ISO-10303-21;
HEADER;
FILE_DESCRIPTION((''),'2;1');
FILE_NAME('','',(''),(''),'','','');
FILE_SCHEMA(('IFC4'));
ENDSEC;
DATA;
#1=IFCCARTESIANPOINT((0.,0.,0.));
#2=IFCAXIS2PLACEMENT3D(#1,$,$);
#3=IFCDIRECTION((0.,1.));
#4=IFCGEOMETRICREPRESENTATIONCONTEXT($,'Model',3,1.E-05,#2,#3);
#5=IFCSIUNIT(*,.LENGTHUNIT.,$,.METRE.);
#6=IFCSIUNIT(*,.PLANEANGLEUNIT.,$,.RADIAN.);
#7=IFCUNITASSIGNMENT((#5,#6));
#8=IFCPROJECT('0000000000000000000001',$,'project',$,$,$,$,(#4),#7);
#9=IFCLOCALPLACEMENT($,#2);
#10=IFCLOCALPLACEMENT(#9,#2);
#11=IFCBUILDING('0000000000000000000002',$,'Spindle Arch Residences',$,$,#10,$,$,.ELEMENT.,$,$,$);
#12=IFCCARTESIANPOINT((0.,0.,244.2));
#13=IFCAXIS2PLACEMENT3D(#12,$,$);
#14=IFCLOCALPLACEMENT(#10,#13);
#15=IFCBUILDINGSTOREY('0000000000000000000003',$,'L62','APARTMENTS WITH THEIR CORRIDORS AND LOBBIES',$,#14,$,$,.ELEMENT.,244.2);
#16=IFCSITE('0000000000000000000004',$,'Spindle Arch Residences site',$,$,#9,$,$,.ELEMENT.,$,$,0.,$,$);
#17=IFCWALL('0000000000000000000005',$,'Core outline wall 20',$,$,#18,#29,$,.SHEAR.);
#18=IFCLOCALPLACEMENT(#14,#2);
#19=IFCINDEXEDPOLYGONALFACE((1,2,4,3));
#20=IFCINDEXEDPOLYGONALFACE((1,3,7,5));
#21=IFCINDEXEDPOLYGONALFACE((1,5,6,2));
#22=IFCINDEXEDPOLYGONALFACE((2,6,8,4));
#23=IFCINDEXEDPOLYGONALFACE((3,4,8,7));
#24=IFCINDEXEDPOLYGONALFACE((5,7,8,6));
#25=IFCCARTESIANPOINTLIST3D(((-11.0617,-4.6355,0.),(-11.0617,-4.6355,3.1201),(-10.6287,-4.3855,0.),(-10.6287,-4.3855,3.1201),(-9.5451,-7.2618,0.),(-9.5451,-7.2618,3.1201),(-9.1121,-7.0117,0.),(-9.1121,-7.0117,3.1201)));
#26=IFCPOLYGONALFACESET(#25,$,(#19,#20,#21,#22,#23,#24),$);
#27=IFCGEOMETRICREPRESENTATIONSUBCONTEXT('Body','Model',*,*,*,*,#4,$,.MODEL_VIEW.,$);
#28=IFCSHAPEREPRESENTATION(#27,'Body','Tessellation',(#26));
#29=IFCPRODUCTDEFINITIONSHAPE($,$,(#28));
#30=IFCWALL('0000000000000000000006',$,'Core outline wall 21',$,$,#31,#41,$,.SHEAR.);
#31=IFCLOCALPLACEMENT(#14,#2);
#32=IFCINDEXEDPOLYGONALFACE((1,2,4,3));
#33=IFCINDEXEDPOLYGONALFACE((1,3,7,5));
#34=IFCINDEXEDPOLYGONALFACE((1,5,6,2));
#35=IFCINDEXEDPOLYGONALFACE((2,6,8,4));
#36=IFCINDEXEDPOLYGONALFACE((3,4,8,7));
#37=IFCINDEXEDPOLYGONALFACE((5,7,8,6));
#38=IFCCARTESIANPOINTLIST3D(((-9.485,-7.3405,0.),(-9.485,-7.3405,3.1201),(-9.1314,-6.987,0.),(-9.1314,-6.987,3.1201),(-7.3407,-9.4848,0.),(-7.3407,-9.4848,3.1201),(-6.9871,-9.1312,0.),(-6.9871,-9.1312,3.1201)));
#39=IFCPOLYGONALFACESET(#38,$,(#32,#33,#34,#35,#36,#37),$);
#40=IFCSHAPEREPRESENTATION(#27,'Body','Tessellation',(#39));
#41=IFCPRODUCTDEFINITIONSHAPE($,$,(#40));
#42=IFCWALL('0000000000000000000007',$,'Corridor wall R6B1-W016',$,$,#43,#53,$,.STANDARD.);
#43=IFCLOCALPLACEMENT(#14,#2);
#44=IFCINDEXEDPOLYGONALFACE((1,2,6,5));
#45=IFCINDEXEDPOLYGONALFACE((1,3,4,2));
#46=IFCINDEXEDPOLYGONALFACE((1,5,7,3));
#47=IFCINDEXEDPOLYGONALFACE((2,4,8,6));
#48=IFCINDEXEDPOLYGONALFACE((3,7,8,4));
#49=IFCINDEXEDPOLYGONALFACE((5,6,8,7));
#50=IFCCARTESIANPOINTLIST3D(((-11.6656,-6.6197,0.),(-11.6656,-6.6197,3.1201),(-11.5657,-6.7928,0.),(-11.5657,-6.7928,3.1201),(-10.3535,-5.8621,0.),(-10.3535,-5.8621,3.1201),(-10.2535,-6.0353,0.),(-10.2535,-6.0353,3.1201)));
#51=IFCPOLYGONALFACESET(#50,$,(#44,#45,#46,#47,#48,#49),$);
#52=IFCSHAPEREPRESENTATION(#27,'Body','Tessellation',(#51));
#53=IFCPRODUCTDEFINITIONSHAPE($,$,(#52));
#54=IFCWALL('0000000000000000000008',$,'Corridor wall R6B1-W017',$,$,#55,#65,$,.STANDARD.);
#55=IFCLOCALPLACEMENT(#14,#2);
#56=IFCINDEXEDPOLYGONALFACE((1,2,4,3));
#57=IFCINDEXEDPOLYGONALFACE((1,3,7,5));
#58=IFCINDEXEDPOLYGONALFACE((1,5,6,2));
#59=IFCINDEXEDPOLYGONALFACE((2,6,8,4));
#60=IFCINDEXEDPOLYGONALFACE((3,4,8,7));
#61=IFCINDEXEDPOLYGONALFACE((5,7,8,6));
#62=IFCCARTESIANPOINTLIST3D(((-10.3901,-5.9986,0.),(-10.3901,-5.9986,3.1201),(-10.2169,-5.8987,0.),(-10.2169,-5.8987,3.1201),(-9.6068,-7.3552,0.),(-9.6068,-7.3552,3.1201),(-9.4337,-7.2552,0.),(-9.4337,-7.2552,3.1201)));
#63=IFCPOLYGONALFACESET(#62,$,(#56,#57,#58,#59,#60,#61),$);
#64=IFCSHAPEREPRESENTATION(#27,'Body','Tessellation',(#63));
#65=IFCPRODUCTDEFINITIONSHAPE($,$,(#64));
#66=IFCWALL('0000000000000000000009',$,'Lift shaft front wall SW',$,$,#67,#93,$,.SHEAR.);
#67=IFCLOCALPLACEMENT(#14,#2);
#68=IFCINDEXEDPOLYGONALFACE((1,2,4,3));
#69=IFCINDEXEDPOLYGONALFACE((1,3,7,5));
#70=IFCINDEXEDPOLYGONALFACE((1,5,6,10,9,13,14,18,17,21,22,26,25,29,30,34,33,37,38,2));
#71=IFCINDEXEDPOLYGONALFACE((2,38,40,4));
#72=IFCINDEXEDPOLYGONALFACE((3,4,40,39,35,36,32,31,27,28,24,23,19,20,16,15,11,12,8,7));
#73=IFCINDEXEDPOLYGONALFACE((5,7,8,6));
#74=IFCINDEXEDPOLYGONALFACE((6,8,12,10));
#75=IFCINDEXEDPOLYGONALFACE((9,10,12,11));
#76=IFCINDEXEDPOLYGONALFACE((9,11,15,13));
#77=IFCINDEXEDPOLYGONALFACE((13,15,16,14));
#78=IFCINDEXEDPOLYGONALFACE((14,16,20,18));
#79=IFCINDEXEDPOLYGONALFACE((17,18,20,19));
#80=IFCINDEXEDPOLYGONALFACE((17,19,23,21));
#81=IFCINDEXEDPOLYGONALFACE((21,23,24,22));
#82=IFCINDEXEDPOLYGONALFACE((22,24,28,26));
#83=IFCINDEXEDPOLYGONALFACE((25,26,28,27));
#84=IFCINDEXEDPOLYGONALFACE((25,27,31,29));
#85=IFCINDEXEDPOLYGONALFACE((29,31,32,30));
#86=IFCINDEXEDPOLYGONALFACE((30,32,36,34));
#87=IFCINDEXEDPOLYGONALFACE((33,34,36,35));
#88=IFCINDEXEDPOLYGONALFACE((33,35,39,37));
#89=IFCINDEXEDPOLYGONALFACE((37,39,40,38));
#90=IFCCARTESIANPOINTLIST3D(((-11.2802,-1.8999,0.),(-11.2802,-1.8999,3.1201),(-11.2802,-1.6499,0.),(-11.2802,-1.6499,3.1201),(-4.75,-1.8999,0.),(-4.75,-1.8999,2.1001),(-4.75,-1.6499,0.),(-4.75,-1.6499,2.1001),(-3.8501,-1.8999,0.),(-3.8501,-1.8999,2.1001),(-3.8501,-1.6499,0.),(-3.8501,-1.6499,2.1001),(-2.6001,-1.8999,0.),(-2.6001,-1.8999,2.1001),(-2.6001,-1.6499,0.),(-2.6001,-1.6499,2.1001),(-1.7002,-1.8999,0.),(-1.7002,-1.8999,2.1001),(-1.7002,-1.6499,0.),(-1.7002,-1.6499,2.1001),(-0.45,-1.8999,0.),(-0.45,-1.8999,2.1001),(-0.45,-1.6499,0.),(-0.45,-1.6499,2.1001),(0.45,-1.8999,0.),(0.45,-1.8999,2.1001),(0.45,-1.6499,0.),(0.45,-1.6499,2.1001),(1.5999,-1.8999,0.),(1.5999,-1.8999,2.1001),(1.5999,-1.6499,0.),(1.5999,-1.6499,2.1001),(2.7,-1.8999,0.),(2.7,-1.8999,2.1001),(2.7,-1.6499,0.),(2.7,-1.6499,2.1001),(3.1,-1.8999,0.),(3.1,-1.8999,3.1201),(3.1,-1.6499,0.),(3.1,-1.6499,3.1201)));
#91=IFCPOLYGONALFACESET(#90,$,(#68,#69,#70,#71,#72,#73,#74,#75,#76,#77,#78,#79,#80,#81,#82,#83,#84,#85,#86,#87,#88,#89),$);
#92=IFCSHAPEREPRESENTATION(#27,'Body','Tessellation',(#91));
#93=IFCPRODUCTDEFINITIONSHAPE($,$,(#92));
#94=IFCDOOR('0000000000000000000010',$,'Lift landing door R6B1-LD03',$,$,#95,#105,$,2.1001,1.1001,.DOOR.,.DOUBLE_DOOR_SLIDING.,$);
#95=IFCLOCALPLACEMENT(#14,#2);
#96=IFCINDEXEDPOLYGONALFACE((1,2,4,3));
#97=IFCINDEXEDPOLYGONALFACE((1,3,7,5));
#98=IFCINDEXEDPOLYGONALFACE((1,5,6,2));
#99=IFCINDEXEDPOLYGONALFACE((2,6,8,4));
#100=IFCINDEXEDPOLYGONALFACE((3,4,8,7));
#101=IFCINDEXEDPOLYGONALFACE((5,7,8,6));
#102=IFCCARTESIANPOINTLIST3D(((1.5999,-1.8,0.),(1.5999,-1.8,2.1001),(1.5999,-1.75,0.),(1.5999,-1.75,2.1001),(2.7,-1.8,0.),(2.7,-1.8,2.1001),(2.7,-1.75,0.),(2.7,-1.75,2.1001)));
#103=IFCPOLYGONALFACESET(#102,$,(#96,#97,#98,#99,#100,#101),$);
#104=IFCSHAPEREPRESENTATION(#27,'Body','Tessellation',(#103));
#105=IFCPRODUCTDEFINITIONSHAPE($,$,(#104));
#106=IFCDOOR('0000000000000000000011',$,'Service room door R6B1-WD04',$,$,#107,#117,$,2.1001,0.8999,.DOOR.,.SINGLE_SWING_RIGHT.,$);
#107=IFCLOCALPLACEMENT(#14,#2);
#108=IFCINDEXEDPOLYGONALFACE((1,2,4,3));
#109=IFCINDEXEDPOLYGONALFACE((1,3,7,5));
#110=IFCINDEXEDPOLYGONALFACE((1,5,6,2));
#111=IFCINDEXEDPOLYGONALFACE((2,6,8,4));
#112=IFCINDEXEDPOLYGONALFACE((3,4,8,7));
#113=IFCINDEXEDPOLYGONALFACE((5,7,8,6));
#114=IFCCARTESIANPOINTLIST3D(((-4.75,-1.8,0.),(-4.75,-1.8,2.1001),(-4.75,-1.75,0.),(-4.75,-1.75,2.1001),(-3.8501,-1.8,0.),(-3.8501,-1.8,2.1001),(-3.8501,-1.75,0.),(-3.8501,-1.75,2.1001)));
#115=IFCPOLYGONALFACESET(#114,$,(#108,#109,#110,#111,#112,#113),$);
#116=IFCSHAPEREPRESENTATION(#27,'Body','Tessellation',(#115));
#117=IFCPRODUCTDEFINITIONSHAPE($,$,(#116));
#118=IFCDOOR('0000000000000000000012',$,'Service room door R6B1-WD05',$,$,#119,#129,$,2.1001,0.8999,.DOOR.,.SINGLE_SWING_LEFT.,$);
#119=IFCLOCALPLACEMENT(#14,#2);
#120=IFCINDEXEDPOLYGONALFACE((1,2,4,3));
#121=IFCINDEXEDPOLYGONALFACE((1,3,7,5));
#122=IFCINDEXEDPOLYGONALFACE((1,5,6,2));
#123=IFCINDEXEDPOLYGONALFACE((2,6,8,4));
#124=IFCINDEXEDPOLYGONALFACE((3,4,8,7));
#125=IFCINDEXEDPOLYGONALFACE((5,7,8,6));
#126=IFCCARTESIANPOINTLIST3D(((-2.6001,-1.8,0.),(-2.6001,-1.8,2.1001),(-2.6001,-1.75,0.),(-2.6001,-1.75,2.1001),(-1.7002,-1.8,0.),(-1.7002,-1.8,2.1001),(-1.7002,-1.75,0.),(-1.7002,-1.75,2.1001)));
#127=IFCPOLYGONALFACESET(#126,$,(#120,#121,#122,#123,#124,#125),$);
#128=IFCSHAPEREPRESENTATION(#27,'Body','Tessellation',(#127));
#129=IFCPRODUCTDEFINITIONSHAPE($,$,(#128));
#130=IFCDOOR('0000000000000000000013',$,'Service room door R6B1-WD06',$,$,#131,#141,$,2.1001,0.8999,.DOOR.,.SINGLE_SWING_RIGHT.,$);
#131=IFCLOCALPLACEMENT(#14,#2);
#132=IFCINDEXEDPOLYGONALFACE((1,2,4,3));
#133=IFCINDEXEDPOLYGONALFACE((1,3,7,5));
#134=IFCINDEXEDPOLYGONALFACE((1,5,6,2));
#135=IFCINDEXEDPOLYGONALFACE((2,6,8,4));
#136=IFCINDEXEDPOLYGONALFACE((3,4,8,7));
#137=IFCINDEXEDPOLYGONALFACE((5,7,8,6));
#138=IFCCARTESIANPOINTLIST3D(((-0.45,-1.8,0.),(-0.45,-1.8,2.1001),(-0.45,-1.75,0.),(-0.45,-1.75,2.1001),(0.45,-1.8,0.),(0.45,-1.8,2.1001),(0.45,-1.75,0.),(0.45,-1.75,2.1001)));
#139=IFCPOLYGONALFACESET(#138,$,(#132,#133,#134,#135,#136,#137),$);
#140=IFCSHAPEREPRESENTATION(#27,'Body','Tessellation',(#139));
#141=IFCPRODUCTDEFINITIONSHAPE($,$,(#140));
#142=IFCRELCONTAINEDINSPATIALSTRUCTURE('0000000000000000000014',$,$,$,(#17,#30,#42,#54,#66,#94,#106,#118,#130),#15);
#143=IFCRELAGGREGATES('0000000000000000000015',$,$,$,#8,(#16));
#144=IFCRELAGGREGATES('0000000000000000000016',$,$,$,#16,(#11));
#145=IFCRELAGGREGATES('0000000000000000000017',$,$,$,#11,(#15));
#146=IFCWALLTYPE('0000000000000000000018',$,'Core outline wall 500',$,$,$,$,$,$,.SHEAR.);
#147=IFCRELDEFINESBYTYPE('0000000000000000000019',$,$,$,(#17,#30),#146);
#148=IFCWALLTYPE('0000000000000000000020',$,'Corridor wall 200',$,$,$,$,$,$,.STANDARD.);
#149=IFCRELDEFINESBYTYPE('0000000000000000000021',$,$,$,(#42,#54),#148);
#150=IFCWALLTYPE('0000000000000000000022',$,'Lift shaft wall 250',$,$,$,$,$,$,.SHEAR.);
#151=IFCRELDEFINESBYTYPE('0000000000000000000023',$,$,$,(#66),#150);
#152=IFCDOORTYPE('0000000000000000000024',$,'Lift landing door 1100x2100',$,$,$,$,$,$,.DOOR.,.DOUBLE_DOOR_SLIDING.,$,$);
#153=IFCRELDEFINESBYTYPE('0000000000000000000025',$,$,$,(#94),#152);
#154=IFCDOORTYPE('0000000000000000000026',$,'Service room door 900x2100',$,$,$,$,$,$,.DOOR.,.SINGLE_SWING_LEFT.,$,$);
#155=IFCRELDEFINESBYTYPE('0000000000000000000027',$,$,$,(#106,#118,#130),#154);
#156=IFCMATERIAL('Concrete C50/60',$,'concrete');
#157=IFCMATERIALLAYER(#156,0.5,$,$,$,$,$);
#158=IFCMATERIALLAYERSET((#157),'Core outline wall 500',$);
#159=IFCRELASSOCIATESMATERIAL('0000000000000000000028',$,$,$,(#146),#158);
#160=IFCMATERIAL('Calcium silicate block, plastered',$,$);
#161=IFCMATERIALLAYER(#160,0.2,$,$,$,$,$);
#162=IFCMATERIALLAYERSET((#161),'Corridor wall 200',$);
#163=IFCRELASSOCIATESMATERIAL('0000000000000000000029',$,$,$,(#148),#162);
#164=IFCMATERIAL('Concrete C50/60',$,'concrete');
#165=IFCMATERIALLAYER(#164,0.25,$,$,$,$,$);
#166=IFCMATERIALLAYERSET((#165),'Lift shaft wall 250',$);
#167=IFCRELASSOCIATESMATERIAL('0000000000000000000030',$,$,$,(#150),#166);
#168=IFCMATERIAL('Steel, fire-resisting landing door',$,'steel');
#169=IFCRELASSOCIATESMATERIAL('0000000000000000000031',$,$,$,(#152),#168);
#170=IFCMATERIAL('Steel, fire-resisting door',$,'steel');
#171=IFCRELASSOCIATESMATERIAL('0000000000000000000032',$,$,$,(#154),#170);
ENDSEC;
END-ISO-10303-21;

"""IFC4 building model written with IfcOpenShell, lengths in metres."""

from ifc_helpers import new_model, si_unit, direction, frame, frame_2d, origin, place, context, subcontext, project, spatial, rectangle, extrude, material, layer, layer_set, type_object, element, fill, save


model = new_model("IFC4")

# Units and contexts
model_context = context("Model", 3, precision=1e-05, world=origin(), true_north=direction((0.0, 1.0)))
body_context = subcontext(model_context, "Body", "Model", "MODEL_VIEW")
ifc_project = project(units=[si_unit("LENGTHUNIT", "METRE"), si_unit("PLANEANGLEUNIT", "RADIAN")], contexts=[model_context])

# Site, building, storey
site_placement = place(None, origin())
site = spatial("IfcSite", under=ifc_project, at=site_placement, Name="Spindle Arch Residences site", CompositionType="ELEMENT", RefElevation=0.0)
building_placement = place(site_placement, origin())
building = spatial("IfcBuilding", under=site, at=building_placement, Name="Spindle Arch Residences", CompositionType="ELEMENT")
storey_placement = place(building_placement, frame((0.0, 0.0, 244.2)))
storey = spatial("IfcBuildingStorey", under=building, at=storey_placement, Name="L62", Description="APARTMENTS WITH THEIR CORRIDORS AND LOBBIES", CompositionType="ELEMENT", Elevation=244.2)

# Walls
ifc_material_1 = material(Name="Concrete C50/60", Category="concrete")
ifc_layer_1 = layer(ifc_material_1, 0.5)
ifc_layer_set_1 = layer_set([ifc_layer_1], Name="Core outline wall 500")
wall_type_1 = type_object("IfcWallType", Name="Core outline wall 500", PredefinedType="SHEAR", material=ifc_layer_set_1)
wall_1_placement = place(storey_placement, frame((-10.8452, -4.5105, 0.0), z_axis=(0.0, 0.0, 1.0), x_axis=(0.500087, -0.865975, 0.0)))
element("IfcWall", 1, at=wall_1_placement, inside=storey, type_object=wall_type_1, Name="Core outline wall 20", PredefinedType="SHEAR", context=body_context, shape_type="SweptSolid", body=[
    extrude(rectangle(XDim=3.0327, YDim=0.5, at=frame_2d((1.5164, 0.0))), origin(), (0.0, 0.0, 1.0), 3.1201),
])
wall_2_placement = place(storey_placement, frame((-9.3081, -7.1638, 0.0), z_axis=(0.0, 0.0, 1.0), x_axis=(0.707107, -0.707107, 0.0)))
element("IfcWall", 2, at=wall_2_placement, inside=storey, type_object=wall_type_1, Name="Core outline wall 21", PredefinedType="SHEAR", context=body_context, shape_type="SweptSolid", body=[
    extrude(rectangle(XDim=3.0325, YDim=0.5, at=frame_2d((1.5161, 0.0))), origin(), (0.0, 0.0, 1.0), 3.1201),
])
ifc_material_2 = material(Name="Calcium silicate block, plastered")
ifc_layer_2 = layer(ifc_material_2, 0.2)
ifc_layer_set_2 = layer_set([ifc_layer_2], Name="Corridor wall 200")
wall_type_2 = type_object("IfcWallType", Name="Corridor wall 200", PredefinedType="STANDARD", material=ifc_layer_set_2)
wall_3_placement = place(storey_placement, frame((-10.3035, -5.9487, 0.0), z_axis=(0.0, 0.0, 1.0), x_axis=(-0.866043, -0.499969, 0.0)))
element("IfcWall", 3, at=wall_3_placement, inside=storey, type_object=wall_type_2, Name="Corridor wall R6B1-W016", PredefinedType="STANDARD", context=body_context, shape_type="SweptSolid", body=[
    extrude(rectangle(XDim=1.5151, YDim=0.2, at=frame_2d((0.7576, 0.0))), origin(), (0.0, 0.0, 1.0), 3.1201),
])
wall_4_placement = place(storey_placement, frame((-9.5203, -7.3052, 0.0), z_axis=(0.0, 0.0, 1.0), x_axis=(-0.500028, 0.866009, 0.0)))
element("IfcWall", 4, at=wall_4_placement, inside=storey, type_object=wall_type_2, Name="Corridor wall R6B1-W017", PredefinedType="STANDARD", context=body_context, shape_type="SweptSolid", body=[
    extrude(rectangle(XDim=1.5664, YDim=0.2, at=frame_2d((0.7832, 0.0))), origin(), (0.0, 0.0, 1.0), 3.1201),
])

# Wall, openings, doors
ifc_material_3 = material(Name="Concrete C50/60", Category="concrete")
ifc_layer_3 = layer(ifc_material_3, 0.25)
ifc_layer_set_3 = layer_set([ifc_layer_3], Name="Lift shaft wall 250")
wall_type_3 = type_object("IfcWallType", Name="Lift shaft wall 250", PredefinedType="SHEAR", material=ifc_layer_set_3)
wall_5_placement = place(storey_placement, frame((-11.28, -1.7749, 0.0), z_axis=(0.0, 0.0, 1.0), x_axis=(1.0, 0.0, 0.0)))
wall_5 = element("IfcWall", 5, at=wall_5_placement, inside=storey, type_object=wall_type_3, Name="Lift shaft front wall SW", PredefinedType="SHEAR", context=body_context, shape_type="SweptSolid", body=[
    extrude(rectangle(XDim=14.3801, YDim=0.25, at=frame_2d((7.1899, 0.0))), origin(), (0.0, 0.0, 1.0), 3.1201),
])
opening_1_placement = place(wall_5_placement, frame((12.8799, 0.0, 0.0)))
opening_1 = element("IfcOpeningElement", 6, at=opening_1_placement, cuts=wall_5, PredefinedType="OPENING", context=body_context, shape_type="SweptSolid", body=[
    extrude(rectangle(XDim=1.1001, YDim=2.1001, at=frame_2d((0.55, 1.05))), frame((0.0, 0.135, 0.0), z_axis=(0.0, -1.0, 0.0), x_axis=(1.0, 0.0, 0.0)), (0.0, 0.0, 1.0), 0.27),
])
opening_2_placement = place(wall_5_placement, frame((6.53, 0.0, 0.0)))
opening_2 = element("IfcOpeningElement", 7, at=opening_2_placement, cuts=wall_5, PredefinedType="OPENING", context=body_context, shape_type="SweptSolid", body=[
    extrude(rectangle(XDim=0.8999, YDim=2.1001, at=frame_2d((0.45, 1.05))), frame((0.0, 0.135, 0.0), z_axis=(0.0, -1.0, 0.0), x_axis=(1.0, 0.0, 0.0)), (0.0, 0.0, 1.0), 0.27),
])
opening_3_placement = place(wall_5_placement, frame((8.6799, 0.0, 0.0)))
opening_3 = element("IfcOpeningElement", 8, at=opening_3_placement, cuts=wall_5, PredefinedType="OPENING", context=body_context, shape_type="SweptSolid", body=[
    extrude(rectangle(XDim=0.8999, YDim=2.1001, at=frame_2d((0.45, 1.05))), frame((0.0, 0.135, 0.0), z_axis=(0.0, -1.0, 0.0), x_axis=(1.0, 0.0, 0.0)), (0.0, 0.0, 1.0), 0.27),
])
opening_4_placement = place(wall_5_placement, frame((10.8301, 0.0, 0.0)))
opening_4 = element("IfcOpeningElement", 9, at=opening_4_placement, cuts=wall_5, PredefinedType="OPENING", context=body_context, shape_type="SweptSolid", body=[
    extrude(rectangle(XDim=0.8999, YDim=2.1001, at=frame_2d((0.45, 1.05))), frame((0.0, 0.135, 0.0), z_axis=(0.0, -1.0, 0.0), x_axis=(1.0, 0.0, 0.0)), (0.0, 0.0, 1.0), 0.27),
])
ifc_material_4 = material(Name="Steel, fire-resisting landing door", Category="steel")
door_type_1 = type_object("IfcDoorType", Name="Lift landing door 1100x2100", OperationType="DOUBLE_DOOR_SLIDING", PredefinedType="DOOR", material=ifc_material_4)
door_1_placement = place(opening_1_placement, origin())
door_1 = element("IfcDoor", 10, at=door_1_placement, inside=storey, type_object=door_type_1, Name="Lift landing door R6B1-LD03", OperationType="DOUBLE_DOOR_SLIDING", OverallHeight=2.1001, OverallWidth=1.1001, PredefinedType="DOOR", context=body_context, shape_type="SweptSolid", body=[
    extrude(rectangle(XDim=1.1001, YDim=2.1001, at=frame_2d((0.55, 1.05))), frame((0.0, 0.0249, 0.0), z_axis=(0.0, -1.0, 0.0), x_axis=(1.0, 0.0, 0.0)), (0.0, 0.0, 1.0), 0.05),
])
fill(opening_1, door_1)
ifc_material_5 = material(Name="Steel, fire-resisting door", Category="steel")
door_type_2 = type_object("IfcDoorType", Name="Service room door 900x2100", OperationType="SINGLE_SWING_LEFT", PredefinedType="DOOR", material=ifc_material_5)
door_2_placement = place(opening_2_placement, origin())
door_2 = element("IfcDoor", 11, at=door_2_placement, inside=storey, type_object=door_type_2, Name="Service room door R6B1-WD04", OperationType="SINGLE_SWING_RIGHT", OverallHeight=2.1001, OverallWidth=0.8999, PredefinedType="DOOR", context=body_context, shape_type="SweptSolid", body=[
    extrude(rectangle(XDim=0.8999, YDim=2.1001, at=frame_2d((0.45, 1.05))), frame((0.0, 0.0249, 0.0), z_axis=(0.0, -1.0, 0.0), x_axis=(1.0, 0.0, 0.0)), (0.0, 0.0, 1.0), 0.05),
])
fill(opening_2, door_2)
door_3_placement = place(opening_3_placement, origin())
door_3 = element("IfcDoor", 12, at=door_3_placement, inside=storey, type_object=door_type_2, Name="Service room door R6B1-WD05", OperationType="SINGLE_SWING_LEFT", OverallHeight=2.1001, OverallWidth=0.8999, PredefinedType="DOOR", context=body_context, shape_type="SweptSolid", body=[
    extrude(rectangle(XDim=0.8999, YDim=2.1001, at=frame_2d((0.45, 1.05))), frame((0.0, 0.0249, 0.0), z_axis=(0.0, -1.0, 0.0), x_axis=(1.0, 0.0, 0.0)), (0.0, 0.0, 1.0), 0.05),
])
fill(opening_3, door_3)
door_4_placement = place(opening_4_placement, origin())
door_4 = element("IfcDoor", 13, at=door_4_placement, inside=storey, type_object=door_type_2, Name="Service room door R6B1-WD06", OperationType="SINGLE_SWING_RIGHT", OverallHeight=2.1001, OverallWidth=0.8999, PredefinedType="DOOR", context=body_context, shape_type="SweptSolid", body=[
    extrude(rectangle(XDim=0.8999, YDim=2.1001, at=frame_2d((0.45, 1.05))), frame((0.0, 0.0249, 0.0), z_axis=(0.0, -1.0, 0.0), x_axis=(1.0, 0.0, 0.0)), (0.0, 0.0, 1.0), 0.05),
])
fill(opening_4, door_4)

save(model, "model.ifc")
